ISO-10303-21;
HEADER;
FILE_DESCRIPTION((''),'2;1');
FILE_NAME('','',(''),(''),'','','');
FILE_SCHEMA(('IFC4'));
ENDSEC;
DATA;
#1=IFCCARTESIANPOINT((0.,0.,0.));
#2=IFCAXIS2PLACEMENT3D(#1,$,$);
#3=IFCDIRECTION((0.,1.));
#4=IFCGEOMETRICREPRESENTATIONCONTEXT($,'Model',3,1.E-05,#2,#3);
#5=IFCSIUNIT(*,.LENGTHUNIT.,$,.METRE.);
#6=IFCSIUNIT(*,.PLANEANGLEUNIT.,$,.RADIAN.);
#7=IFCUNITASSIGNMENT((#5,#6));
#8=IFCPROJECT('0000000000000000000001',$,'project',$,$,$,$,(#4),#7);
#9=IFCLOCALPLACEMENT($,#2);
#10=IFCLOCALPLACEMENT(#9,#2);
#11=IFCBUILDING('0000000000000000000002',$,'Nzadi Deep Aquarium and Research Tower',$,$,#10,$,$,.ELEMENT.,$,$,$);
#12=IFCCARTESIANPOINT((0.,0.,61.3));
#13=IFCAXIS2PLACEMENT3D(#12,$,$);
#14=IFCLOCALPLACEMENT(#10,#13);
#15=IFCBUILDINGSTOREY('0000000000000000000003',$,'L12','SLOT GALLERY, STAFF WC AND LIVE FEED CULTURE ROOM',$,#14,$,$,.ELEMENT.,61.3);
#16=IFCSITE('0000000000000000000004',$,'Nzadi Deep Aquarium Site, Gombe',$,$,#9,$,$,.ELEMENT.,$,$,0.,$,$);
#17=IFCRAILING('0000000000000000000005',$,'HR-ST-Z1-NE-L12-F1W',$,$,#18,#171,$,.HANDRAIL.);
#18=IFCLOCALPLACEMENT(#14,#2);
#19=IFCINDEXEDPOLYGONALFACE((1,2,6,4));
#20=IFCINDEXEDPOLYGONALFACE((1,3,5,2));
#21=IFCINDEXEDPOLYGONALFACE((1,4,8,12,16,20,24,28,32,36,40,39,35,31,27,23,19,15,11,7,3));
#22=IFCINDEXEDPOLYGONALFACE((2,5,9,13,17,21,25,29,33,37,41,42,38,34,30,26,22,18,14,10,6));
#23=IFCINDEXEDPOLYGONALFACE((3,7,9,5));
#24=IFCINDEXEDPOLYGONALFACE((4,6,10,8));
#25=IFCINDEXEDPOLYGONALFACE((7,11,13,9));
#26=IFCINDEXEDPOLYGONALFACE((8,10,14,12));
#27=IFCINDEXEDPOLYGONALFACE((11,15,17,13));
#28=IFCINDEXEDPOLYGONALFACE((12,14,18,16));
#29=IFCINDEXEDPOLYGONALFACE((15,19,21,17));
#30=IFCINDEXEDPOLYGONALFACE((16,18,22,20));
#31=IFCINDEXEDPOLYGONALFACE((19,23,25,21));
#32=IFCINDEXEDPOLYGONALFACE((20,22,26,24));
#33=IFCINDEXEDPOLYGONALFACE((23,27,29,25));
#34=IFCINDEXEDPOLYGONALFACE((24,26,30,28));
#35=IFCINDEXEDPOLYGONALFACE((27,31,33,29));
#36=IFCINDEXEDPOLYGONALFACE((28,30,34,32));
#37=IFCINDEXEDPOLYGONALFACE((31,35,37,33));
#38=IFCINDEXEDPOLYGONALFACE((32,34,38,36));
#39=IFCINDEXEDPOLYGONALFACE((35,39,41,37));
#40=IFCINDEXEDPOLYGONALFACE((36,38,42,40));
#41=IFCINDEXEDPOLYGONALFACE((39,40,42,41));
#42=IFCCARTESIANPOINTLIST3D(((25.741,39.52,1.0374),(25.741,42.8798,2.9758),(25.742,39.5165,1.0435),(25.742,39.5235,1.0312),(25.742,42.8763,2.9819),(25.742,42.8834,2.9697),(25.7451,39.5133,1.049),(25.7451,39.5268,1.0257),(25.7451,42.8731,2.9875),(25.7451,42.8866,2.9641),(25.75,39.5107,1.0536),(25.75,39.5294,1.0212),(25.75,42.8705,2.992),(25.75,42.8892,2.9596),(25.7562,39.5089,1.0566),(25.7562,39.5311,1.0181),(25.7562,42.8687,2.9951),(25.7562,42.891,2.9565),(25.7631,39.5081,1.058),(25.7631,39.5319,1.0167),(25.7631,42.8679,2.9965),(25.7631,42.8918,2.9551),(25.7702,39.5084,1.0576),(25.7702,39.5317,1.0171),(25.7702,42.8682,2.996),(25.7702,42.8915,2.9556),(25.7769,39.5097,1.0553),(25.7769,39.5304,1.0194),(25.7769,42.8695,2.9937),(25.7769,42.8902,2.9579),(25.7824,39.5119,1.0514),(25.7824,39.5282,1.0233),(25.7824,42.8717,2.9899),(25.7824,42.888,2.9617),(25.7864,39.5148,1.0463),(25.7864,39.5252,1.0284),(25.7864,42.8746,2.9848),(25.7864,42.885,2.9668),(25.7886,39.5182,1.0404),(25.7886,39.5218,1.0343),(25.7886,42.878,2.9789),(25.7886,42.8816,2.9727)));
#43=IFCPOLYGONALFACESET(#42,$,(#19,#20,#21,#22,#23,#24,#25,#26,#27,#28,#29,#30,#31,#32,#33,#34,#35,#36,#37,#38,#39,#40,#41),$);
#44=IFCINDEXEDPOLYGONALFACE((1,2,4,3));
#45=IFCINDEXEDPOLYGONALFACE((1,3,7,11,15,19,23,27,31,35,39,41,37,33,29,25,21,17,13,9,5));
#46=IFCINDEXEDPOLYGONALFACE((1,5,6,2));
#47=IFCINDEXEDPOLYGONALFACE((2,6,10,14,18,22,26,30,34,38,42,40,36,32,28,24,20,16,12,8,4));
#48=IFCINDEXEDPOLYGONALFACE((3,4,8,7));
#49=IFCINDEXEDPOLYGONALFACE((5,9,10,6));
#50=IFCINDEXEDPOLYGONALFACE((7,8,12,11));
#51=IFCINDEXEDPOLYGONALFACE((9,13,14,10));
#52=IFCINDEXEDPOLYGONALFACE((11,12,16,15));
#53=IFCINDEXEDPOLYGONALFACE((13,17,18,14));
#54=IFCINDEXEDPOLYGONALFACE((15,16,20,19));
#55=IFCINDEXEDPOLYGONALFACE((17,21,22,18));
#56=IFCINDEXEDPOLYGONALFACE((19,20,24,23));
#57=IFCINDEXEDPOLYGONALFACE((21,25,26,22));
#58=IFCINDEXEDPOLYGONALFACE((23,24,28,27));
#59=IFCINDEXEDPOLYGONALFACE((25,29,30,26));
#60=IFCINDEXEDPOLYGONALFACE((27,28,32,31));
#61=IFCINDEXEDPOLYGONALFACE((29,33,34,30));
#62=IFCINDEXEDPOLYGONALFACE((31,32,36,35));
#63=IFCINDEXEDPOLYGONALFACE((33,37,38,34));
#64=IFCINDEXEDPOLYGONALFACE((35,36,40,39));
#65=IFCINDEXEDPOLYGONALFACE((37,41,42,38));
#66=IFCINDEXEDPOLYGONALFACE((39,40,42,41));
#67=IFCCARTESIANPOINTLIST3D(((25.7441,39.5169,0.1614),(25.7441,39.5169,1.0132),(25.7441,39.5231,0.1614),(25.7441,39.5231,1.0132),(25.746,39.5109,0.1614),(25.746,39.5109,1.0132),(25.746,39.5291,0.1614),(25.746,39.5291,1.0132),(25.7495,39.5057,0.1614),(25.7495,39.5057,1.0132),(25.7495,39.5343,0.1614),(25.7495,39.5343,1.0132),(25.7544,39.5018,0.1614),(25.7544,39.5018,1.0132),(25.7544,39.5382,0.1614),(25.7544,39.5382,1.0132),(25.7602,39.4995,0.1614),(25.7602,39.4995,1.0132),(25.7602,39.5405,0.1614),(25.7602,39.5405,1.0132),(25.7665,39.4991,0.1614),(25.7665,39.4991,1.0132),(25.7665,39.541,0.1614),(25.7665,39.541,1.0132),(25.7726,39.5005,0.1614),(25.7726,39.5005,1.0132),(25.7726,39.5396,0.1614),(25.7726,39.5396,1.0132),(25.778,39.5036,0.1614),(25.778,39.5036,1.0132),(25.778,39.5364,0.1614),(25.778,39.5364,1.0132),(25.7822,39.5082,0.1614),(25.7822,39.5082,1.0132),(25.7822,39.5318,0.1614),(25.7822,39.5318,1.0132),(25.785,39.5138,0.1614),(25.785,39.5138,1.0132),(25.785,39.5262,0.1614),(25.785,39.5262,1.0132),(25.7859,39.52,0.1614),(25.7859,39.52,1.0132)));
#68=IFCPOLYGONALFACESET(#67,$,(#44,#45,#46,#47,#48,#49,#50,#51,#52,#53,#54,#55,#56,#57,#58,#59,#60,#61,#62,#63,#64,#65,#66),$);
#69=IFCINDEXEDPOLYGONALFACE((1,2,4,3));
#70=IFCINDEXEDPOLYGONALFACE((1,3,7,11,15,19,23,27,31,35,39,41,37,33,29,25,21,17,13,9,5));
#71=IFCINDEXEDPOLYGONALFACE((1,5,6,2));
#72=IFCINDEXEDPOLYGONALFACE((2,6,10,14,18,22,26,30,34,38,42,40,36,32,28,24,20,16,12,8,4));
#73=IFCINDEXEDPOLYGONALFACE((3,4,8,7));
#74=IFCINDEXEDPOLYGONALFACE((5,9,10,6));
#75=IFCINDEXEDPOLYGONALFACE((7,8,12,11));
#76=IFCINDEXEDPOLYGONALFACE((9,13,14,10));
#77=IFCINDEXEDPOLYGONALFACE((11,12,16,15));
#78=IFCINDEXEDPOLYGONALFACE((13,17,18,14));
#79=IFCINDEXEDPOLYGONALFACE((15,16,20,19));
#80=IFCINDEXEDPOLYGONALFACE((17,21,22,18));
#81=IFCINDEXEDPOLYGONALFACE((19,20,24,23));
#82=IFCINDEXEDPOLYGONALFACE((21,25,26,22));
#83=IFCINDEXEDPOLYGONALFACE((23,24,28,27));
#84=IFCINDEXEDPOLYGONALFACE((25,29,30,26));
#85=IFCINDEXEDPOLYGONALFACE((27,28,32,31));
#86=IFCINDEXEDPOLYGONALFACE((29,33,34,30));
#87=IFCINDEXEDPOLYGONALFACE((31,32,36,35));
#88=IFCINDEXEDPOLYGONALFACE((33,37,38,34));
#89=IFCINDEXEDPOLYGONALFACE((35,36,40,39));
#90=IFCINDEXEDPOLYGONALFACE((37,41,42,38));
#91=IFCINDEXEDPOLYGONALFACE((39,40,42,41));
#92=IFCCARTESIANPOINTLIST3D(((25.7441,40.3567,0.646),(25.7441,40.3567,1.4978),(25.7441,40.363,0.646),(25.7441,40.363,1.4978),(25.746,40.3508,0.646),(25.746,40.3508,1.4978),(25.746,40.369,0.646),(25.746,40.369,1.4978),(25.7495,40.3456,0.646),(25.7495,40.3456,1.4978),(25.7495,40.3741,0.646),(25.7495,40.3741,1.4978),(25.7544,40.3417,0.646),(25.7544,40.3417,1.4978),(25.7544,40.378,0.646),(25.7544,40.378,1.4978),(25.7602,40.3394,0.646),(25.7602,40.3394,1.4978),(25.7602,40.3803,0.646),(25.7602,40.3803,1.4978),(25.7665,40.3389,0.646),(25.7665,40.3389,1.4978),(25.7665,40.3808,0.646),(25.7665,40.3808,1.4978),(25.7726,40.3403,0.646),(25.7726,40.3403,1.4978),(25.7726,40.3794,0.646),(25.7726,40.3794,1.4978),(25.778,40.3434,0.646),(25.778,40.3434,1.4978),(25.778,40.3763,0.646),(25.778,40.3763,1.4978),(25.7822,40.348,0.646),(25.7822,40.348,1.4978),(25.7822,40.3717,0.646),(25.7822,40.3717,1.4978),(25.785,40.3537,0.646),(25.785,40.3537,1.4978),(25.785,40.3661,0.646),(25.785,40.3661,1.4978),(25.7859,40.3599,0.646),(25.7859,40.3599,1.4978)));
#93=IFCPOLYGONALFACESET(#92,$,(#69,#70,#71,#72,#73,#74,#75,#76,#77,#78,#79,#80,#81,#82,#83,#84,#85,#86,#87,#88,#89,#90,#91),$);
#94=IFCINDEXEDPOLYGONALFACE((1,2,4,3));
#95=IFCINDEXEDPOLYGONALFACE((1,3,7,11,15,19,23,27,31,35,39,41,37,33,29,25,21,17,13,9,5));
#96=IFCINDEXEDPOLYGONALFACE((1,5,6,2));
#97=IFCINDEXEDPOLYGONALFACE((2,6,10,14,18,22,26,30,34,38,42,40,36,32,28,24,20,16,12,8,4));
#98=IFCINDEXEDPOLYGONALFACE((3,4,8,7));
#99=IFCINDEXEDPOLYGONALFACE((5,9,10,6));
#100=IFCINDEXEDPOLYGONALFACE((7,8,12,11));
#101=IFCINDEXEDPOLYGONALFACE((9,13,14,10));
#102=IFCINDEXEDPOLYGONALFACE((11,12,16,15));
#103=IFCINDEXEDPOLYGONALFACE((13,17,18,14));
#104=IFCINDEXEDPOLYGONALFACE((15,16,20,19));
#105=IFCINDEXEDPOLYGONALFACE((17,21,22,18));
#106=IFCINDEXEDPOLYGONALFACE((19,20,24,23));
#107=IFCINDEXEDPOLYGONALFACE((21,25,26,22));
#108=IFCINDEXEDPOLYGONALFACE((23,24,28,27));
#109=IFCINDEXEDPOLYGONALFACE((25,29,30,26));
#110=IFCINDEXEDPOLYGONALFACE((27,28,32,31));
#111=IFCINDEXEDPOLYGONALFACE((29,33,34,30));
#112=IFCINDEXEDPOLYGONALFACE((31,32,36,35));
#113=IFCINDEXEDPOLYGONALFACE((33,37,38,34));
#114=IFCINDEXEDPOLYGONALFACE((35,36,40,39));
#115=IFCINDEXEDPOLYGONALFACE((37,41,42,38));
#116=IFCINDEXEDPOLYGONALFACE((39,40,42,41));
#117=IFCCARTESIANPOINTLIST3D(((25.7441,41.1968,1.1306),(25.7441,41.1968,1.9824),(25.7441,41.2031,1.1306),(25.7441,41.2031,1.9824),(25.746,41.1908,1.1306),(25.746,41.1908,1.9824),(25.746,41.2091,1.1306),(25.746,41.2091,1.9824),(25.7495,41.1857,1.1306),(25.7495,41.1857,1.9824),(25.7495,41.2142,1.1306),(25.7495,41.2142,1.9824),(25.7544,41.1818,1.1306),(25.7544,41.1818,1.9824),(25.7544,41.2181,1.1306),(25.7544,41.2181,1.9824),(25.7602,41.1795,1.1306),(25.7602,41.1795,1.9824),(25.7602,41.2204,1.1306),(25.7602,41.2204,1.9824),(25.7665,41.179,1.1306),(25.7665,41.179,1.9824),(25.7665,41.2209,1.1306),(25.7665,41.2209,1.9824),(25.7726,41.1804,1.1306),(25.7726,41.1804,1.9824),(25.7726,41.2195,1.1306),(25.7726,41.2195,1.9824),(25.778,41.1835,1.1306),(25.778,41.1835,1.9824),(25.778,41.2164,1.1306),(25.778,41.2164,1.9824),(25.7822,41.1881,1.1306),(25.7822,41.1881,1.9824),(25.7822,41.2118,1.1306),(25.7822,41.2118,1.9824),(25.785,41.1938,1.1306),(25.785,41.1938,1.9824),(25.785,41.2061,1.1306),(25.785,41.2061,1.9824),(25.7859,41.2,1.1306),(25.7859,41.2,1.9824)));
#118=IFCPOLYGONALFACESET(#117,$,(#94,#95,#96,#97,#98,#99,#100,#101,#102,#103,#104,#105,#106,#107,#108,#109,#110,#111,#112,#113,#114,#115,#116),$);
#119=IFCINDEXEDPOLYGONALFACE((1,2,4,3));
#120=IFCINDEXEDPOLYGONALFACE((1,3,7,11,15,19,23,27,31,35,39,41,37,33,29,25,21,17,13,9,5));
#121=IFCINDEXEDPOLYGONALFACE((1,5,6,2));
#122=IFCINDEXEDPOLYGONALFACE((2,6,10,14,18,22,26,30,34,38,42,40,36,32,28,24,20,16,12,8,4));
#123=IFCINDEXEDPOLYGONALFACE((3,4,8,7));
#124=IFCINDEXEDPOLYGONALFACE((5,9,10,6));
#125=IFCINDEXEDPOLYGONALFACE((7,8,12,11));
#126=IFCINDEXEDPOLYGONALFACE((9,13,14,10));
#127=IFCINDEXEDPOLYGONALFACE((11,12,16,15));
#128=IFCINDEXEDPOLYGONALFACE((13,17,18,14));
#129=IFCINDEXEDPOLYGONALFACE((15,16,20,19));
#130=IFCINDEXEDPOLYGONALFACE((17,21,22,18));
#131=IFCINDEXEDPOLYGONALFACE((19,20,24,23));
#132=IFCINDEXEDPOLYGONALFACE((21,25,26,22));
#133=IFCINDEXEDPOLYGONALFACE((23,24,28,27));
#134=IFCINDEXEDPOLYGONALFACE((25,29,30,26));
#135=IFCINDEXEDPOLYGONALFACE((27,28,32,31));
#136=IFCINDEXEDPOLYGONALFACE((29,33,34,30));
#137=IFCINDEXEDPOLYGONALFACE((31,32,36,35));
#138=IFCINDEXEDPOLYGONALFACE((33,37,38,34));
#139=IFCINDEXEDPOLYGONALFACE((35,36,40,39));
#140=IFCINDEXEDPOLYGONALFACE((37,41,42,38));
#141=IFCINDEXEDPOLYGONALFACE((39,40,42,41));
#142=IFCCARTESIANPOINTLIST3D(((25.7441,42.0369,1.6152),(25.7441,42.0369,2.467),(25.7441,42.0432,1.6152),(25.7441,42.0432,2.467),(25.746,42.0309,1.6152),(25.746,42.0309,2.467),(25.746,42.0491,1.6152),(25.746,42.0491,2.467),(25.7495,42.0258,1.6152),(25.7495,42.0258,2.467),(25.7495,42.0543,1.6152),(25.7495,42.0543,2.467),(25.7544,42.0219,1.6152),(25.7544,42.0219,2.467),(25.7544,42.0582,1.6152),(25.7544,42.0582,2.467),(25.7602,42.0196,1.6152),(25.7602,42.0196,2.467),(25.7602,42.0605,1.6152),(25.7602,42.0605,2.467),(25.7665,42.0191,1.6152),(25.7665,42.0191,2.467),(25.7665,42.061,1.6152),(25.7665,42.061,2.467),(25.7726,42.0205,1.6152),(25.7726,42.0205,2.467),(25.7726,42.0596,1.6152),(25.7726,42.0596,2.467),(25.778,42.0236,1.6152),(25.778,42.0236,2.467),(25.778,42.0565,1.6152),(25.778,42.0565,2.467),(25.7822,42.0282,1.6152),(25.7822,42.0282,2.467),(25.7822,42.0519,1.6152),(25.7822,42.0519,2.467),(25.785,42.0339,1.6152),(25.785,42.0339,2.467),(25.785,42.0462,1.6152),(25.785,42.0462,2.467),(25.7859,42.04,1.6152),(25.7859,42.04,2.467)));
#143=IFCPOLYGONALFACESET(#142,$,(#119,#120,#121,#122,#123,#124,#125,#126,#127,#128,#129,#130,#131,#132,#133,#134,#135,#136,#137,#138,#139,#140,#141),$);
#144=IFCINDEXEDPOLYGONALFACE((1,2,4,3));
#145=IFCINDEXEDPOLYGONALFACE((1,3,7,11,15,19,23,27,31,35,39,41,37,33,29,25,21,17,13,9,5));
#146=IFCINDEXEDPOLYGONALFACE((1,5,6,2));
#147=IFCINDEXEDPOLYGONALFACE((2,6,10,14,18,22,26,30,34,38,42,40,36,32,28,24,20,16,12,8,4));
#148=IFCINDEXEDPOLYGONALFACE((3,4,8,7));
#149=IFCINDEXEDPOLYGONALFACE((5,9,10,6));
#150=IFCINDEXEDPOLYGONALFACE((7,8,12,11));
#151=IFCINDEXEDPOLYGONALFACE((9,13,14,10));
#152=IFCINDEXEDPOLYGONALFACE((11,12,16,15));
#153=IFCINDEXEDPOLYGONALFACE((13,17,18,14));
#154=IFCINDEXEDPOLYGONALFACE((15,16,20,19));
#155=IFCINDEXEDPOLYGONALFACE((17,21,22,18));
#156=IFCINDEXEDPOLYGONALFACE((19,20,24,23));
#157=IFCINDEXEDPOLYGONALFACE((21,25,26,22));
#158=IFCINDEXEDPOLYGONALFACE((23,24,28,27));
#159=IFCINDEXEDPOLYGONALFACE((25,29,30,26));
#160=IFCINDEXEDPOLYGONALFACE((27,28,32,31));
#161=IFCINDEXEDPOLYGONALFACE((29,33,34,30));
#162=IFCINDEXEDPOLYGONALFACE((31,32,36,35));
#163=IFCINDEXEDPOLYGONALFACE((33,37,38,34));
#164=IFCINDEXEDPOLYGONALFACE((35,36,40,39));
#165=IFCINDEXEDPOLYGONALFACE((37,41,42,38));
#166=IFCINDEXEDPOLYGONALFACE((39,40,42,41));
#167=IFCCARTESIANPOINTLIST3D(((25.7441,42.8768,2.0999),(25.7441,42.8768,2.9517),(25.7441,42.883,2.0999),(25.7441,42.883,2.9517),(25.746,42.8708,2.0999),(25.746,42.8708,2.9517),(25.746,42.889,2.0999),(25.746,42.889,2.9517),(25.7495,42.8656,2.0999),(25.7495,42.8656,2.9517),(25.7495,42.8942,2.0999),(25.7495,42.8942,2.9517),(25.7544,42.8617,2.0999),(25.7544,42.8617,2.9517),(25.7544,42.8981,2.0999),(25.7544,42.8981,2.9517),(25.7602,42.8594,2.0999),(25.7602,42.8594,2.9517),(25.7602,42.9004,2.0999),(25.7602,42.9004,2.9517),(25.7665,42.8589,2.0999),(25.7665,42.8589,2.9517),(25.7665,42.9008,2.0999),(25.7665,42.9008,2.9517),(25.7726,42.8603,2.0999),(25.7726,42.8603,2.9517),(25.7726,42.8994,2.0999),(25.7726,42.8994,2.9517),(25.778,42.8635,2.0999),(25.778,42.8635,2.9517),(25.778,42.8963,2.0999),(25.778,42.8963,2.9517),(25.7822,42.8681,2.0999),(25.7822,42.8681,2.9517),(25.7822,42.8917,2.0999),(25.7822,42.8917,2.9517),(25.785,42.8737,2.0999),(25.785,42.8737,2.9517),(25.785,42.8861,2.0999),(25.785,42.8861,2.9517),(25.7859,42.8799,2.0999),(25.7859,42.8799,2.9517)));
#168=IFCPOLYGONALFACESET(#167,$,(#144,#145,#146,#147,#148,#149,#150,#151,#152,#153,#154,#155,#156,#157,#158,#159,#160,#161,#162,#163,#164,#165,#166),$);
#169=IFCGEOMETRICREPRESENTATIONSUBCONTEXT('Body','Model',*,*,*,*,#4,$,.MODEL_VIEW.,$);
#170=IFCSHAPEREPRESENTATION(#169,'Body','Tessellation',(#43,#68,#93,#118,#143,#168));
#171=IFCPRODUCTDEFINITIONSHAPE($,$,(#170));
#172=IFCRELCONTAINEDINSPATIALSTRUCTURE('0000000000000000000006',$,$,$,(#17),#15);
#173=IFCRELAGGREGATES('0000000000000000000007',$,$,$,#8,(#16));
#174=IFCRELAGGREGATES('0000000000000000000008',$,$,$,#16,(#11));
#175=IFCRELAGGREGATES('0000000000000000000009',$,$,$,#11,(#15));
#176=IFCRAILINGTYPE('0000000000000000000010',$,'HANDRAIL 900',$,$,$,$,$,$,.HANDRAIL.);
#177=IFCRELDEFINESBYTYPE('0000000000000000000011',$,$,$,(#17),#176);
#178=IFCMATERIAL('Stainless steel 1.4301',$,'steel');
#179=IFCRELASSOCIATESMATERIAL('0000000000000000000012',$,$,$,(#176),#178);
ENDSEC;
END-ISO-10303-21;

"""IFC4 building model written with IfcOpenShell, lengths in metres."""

from ifc_helpers import new_model, si_unit, direction, frame, origin, origin_2d, place, context, subcontext, project, spatial, circle, extrude, material, type_object, element, save


model = new_model("IFC4")

# Units and contexts
model_context = context("Model", 3, precision=1e-05, world=origin(), true_north=direction((0.0, 1.0)))
body_context = subcontext(model_context, "Body", "Model", "MODEL_VIEW")
ifc_project = project(units=[si_unit("LENGTHUNIT", "METRE"), si_unit("PLANEANGLEUNIT", "RADIAN")], contexts=[model_context])

# Site, building, storey
site_placement = place(None, origin())
site = spatial("IfcSite", under=ifc_project, at=site_placement, Name="Nzadi Deep Aquarium Site, Gombe", CompositionType="ELEMENT", RefElevation=0.0)
building_placement = place(site_placement, origin())
building = spatial("IfcBuilding", under=site, at=building_placement, Name="Nzadi Deep Aquarium and Research Tower", CompositionType="ELEMENT")
storey_placement = place(building_placement, frame((0.0, 0.0, 61.3)))
storey = spatial("IfcBuildingStorey", under=building, at=storey_placement, Name="L12", Description="SLOT GALLERY, STAFF WC AND LIVE FEED CULTURE ROOM", CompositionType="ELEMENT", Elevation=61.3)

# Railing
ifc_material_1 = material(Name="Stainless steel 1.4301", Category="steel")
railing_type = type_object("IfcRailingType", Name="HANDRAIL 900", PredefinedType="HANDRAIL", material=ifc_material_1)
for number, where, name in (
    (1, (25.7649, 39.52, 0.1614), "HR-ST-Z1-NE-L12-F1W"),
):
    element("IfcRailing", number, at=place(storey_placement, frame(where)), inside=storey, type_object=railing_type, Name=name, PredefinedType="HANDRAIL", context=body_context, shape_type="SweptSolid", body=[
        extrude(circle(Radius=0.0239, at=origin_2d()), frame((0.0, 0.0, 0.876), z_axis=(0.0, 0.866175, 0.499741), x_axis=(-1.0, 0.0, 0.0)), (0.0, 0.0, 1.0), 3.8789),
        extrude(circle(Radius=0.021, at=origin_2d()), origin(), (0.0, 0.0, 1.0), 0.8518),
        extrude(circle(Radius=0.021, at=origin_2d()), frame((0.0, 0.8398, 0.4846)), (0.0, 0.0, 1.0), 0.8518),
        extrude(circle(Radius=0.021, at=origin_2d()), frame((0.0, 1.6799, 0.9692)), (0.0, 0.0, 1.0), 0.8518),
        extrude(circle(Radius=0.021, at=origin_2d()), frame((0.0, 2.52, 1.4539)), (0.0, 0.0, 1.0), 0.8518),
        extrude(circle(Radius=0.021, at=origin_2d()), frame((0.0, 3.3599, 1.9385)), (0.0, 0.0, 1.0), 0.8518),
    ])

save(model, "model.ifc")
